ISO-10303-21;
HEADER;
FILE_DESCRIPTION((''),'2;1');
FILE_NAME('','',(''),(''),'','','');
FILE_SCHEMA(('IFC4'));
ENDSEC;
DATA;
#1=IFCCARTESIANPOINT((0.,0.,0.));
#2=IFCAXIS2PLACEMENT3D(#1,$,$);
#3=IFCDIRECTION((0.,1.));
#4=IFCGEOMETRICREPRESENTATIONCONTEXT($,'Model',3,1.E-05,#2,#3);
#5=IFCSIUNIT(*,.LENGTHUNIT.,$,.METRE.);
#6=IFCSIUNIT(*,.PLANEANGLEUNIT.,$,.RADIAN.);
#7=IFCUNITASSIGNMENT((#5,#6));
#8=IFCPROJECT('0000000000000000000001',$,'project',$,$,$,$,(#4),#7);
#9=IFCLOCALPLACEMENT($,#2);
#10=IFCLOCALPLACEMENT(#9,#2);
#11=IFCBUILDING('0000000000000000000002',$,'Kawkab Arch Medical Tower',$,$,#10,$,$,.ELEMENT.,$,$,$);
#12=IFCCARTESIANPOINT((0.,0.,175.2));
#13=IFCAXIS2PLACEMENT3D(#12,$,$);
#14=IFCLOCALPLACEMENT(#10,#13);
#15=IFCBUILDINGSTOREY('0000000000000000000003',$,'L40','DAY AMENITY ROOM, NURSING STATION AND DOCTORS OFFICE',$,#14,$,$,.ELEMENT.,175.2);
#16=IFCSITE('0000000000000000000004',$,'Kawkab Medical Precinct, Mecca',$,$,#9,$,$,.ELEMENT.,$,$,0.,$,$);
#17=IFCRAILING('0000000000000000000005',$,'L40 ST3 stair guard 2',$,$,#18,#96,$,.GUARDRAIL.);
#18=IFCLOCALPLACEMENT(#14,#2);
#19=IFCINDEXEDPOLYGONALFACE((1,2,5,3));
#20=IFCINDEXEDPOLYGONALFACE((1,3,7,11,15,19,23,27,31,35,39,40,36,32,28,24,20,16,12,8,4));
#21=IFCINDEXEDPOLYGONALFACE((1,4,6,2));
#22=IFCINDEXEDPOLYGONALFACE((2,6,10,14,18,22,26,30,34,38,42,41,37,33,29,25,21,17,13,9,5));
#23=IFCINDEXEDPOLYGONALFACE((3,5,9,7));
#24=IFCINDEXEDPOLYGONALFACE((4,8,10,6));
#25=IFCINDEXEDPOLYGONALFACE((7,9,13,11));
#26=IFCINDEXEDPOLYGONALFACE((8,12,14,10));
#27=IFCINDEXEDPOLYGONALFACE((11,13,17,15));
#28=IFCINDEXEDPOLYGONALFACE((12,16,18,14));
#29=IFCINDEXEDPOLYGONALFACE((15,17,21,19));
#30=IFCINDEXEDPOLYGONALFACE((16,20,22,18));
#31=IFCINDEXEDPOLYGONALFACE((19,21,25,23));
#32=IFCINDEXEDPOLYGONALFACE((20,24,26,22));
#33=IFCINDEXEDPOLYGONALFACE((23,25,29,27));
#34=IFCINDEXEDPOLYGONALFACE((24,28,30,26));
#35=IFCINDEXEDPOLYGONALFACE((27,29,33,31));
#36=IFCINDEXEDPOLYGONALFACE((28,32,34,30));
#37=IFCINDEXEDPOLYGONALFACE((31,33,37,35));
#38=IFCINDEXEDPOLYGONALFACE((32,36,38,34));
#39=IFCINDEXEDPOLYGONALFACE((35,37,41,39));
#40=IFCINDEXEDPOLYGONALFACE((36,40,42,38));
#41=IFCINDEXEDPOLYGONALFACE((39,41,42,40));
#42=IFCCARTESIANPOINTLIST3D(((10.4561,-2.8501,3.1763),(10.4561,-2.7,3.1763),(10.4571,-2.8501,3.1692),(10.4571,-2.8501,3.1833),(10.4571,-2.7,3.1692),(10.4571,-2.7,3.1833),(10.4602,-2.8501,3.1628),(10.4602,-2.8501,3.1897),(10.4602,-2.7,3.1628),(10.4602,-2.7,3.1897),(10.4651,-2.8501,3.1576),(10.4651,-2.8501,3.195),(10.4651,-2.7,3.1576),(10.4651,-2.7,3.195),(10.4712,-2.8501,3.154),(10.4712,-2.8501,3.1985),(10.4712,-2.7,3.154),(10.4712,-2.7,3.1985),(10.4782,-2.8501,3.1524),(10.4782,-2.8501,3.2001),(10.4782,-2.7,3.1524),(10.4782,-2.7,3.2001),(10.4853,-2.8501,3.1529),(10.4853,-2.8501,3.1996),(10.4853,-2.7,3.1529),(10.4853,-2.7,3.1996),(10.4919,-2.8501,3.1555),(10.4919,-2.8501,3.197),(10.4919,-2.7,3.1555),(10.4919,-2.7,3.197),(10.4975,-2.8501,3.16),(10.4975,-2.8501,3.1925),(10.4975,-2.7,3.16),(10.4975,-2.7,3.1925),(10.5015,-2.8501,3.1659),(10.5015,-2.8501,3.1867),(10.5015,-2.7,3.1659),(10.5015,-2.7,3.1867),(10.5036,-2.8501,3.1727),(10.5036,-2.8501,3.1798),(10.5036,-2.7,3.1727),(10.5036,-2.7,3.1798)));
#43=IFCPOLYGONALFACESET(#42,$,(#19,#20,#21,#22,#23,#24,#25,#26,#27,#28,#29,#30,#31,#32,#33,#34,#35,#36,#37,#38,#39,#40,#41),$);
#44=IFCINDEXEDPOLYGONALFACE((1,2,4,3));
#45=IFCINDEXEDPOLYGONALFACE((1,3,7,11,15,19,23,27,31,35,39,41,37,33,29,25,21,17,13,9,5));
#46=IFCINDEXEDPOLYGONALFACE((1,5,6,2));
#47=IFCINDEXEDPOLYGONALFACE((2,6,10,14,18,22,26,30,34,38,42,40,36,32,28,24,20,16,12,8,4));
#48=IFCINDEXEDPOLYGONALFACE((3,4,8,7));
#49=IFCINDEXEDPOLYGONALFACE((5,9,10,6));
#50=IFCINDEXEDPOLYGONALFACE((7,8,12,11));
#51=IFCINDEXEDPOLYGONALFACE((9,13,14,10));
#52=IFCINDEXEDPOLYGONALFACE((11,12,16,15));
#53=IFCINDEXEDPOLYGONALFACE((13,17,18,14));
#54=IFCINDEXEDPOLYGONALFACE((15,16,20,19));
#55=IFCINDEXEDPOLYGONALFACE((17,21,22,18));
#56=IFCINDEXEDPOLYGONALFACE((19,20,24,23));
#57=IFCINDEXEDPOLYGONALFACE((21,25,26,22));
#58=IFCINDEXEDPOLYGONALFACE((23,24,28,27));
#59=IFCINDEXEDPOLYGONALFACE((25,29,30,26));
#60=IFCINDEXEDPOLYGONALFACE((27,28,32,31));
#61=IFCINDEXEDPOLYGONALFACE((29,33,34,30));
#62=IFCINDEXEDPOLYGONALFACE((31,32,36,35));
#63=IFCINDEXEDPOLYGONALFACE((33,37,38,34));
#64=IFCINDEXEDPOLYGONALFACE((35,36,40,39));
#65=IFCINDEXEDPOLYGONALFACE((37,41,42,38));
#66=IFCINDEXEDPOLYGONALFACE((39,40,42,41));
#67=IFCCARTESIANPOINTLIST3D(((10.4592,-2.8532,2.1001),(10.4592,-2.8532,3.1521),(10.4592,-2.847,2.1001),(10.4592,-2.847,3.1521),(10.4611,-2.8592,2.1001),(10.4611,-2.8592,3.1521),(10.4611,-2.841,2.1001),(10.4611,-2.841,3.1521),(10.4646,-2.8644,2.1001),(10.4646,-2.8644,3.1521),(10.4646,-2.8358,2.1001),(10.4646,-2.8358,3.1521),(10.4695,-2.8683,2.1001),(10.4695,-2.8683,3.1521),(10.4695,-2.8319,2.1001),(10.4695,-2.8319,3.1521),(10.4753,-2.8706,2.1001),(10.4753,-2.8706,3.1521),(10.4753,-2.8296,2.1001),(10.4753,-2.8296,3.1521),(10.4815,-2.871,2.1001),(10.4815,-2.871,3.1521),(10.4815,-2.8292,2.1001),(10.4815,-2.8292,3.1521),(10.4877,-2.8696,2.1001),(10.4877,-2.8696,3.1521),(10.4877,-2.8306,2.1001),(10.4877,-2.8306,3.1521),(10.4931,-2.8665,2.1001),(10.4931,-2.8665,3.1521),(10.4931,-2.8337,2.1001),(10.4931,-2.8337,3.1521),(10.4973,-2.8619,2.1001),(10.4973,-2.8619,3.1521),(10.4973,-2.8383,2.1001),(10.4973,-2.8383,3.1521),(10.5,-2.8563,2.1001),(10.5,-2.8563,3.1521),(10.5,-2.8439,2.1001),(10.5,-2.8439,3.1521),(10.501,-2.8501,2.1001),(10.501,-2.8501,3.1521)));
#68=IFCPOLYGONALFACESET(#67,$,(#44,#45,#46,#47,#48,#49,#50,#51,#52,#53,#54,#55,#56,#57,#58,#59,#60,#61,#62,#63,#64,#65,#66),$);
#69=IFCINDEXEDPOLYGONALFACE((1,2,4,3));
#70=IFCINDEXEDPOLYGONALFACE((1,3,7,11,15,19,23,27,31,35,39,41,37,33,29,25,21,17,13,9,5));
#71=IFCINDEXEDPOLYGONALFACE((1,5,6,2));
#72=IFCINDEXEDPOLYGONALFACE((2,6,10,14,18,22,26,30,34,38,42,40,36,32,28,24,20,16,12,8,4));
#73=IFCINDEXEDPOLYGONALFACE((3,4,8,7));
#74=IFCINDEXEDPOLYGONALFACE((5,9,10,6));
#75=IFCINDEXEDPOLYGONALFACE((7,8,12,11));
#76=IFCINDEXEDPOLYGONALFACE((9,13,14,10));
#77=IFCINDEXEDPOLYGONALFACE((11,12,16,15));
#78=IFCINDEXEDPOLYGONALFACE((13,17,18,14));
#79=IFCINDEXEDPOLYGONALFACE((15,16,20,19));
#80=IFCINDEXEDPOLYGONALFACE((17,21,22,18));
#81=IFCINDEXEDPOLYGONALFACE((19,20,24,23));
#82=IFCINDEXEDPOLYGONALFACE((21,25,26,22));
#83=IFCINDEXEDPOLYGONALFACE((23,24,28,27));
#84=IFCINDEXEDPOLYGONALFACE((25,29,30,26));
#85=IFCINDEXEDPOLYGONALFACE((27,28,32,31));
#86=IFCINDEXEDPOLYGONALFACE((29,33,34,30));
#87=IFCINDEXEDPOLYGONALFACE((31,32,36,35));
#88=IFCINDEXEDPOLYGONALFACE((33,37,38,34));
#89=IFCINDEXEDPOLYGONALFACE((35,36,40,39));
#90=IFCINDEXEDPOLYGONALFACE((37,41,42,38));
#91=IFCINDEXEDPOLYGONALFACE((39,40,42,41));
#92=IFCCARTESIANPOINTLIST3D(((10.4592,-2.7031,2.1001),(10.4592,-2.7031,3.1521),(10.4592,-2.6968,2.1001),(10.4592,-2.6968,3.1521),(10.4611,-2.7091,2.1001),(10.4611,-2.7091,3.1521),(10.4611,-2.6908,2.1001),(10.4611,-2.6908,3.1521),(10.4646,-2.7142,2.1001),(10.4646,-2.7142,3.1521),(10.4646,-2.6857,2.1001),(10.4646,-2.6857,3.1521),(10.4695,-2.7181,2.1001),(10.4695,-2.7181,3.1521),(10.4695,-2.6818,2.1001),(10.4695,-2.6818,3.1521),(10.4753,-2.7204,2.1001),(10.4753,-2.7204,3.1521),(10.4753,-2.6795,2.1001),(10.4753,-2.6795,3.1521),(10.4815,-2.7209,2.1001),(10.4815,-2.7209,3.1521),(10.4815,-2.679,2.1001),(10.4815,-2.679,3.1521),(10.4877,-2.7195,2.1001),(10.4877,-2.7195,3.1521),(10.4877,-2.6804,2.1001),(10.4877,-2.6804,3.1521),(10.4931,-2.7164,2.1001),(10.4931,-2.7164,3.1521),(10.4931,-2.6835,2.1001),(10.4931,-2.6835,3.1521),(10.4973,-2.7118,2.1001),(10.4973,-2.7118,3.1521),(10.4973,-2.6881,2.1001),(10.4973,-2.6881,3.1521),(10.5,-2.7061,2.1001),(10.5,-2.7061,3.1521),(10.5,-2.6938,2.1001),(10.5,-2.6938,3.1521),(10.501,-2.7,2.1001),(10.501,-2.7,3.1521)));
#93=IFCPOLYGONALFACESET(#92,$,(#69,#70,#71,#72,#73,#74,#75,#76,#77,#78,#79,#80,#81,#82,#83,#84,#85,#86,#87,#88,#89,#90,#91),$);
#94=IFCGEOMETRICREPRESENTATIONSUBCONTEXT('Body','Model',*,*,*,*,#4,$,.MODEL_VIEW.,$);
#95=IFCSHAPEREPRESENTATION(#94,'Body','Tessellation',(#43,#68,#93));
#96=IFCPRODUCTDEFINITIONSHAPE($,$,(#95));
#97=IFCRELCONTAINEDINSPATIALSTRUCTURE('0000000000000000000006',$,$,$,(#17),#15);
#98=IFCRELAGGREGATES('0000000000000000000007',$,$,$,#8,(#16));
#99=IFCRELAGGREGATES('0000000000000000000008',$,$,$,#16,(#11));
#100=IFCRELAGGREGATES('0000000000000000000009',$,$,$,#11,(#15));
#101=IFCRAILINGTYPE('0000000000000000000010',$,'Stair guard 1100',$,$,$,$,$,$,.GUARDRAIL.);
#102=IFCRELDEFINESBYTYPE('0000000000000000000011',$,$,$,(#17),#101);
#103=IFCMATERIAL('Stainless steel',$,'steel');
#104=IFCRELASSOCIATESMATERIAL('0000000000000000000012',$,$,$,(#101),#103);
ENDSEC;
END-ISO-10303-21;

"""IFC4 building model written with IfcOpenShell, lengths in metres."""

from ifc_helpers import new_model, si_unit, direction, frame, origin, origin_2d, place, context, subcontext, project, spatial, circle, extrude, material, type_object, element, save


model = new_model("IFC4")

# Units and contexts
model_context = context("Model", 3, precision=1e-05, world=origin(), true_north=direction((0.0, 1.0)))
body_context = subcontext(model_context, "Body", "Model", "MODEL_VIEW")
ifc_project = project(units=[si_unit("LENGTHUNIT", "METRE"), si_unit("PLANEANGLEUNIT", "RADIAN")], contexts=[model_context])

# Site, building, storey
site_placement = place(None, origin())
site = spatial("IfcSite", under=ifc_project, at=site_placement, Name="Kawkab Medical Precinct, Mecca", CompositionType="ELEMENT", RefElevation=0.0)
building_placement = place(site_placement, origin())
building = spatial("IfcBuilding", under=site, at=building_placement, Name="Kawkab Arch Medical Tower", CompositionType="ELEMENT")
storey_placement = place(building_placement, frame((0.0, 0.0, 175.2)))
storey = spatial("IfcBuildingStorey", under=building, at=storey_placement, Name="L40", Description="DAY AMENITY ROOM, NURSING STATION AND DOCTORS OFFICE", CompositionType="ELEMENT", Elevation=175.2)

# Railing
ifc_material_1 = material(Name="Stainless steel", Category="steel")
railing_type_1 = type_object("IfcRailingType", Name="Stair guard 1100", PredefinedType="GUARDRAIL", material=ifc_material_1)
railing_1_placement = place(storey_placement, frame((10.48, -2.8501, 2.1001)))
element("IfcRailing", 1, at=railing_1_placement, inside=storey, type_object=railing_type_1, Name="L40 ST3 stair guard 2", PredefinedType="GUARDRAIL", context=body_context, shape_type="SweptSolid", body=[
    extrude(circle(Radius=0.0239, at=origin_2d()), frame((0.0, 0.0, 1.0762), z_axis=(0.0, 1.0, 0.0), x_axis=(-1.0, 0.0, 0.0)), (0.0, 0.0, 1.0), 0.1501),
    extrude(circle(Radius=0.021, at=origin_2d()), origin(), (0.0, 0.0, 1.0), 1.052),
    extrude(circle(Radius=0.021, at=origin_2d()), frame((0.0, 0.1501, 0.0)), (0.0, 0.0, 1.0), 1.052),
])

save(model, "model.ifc")
